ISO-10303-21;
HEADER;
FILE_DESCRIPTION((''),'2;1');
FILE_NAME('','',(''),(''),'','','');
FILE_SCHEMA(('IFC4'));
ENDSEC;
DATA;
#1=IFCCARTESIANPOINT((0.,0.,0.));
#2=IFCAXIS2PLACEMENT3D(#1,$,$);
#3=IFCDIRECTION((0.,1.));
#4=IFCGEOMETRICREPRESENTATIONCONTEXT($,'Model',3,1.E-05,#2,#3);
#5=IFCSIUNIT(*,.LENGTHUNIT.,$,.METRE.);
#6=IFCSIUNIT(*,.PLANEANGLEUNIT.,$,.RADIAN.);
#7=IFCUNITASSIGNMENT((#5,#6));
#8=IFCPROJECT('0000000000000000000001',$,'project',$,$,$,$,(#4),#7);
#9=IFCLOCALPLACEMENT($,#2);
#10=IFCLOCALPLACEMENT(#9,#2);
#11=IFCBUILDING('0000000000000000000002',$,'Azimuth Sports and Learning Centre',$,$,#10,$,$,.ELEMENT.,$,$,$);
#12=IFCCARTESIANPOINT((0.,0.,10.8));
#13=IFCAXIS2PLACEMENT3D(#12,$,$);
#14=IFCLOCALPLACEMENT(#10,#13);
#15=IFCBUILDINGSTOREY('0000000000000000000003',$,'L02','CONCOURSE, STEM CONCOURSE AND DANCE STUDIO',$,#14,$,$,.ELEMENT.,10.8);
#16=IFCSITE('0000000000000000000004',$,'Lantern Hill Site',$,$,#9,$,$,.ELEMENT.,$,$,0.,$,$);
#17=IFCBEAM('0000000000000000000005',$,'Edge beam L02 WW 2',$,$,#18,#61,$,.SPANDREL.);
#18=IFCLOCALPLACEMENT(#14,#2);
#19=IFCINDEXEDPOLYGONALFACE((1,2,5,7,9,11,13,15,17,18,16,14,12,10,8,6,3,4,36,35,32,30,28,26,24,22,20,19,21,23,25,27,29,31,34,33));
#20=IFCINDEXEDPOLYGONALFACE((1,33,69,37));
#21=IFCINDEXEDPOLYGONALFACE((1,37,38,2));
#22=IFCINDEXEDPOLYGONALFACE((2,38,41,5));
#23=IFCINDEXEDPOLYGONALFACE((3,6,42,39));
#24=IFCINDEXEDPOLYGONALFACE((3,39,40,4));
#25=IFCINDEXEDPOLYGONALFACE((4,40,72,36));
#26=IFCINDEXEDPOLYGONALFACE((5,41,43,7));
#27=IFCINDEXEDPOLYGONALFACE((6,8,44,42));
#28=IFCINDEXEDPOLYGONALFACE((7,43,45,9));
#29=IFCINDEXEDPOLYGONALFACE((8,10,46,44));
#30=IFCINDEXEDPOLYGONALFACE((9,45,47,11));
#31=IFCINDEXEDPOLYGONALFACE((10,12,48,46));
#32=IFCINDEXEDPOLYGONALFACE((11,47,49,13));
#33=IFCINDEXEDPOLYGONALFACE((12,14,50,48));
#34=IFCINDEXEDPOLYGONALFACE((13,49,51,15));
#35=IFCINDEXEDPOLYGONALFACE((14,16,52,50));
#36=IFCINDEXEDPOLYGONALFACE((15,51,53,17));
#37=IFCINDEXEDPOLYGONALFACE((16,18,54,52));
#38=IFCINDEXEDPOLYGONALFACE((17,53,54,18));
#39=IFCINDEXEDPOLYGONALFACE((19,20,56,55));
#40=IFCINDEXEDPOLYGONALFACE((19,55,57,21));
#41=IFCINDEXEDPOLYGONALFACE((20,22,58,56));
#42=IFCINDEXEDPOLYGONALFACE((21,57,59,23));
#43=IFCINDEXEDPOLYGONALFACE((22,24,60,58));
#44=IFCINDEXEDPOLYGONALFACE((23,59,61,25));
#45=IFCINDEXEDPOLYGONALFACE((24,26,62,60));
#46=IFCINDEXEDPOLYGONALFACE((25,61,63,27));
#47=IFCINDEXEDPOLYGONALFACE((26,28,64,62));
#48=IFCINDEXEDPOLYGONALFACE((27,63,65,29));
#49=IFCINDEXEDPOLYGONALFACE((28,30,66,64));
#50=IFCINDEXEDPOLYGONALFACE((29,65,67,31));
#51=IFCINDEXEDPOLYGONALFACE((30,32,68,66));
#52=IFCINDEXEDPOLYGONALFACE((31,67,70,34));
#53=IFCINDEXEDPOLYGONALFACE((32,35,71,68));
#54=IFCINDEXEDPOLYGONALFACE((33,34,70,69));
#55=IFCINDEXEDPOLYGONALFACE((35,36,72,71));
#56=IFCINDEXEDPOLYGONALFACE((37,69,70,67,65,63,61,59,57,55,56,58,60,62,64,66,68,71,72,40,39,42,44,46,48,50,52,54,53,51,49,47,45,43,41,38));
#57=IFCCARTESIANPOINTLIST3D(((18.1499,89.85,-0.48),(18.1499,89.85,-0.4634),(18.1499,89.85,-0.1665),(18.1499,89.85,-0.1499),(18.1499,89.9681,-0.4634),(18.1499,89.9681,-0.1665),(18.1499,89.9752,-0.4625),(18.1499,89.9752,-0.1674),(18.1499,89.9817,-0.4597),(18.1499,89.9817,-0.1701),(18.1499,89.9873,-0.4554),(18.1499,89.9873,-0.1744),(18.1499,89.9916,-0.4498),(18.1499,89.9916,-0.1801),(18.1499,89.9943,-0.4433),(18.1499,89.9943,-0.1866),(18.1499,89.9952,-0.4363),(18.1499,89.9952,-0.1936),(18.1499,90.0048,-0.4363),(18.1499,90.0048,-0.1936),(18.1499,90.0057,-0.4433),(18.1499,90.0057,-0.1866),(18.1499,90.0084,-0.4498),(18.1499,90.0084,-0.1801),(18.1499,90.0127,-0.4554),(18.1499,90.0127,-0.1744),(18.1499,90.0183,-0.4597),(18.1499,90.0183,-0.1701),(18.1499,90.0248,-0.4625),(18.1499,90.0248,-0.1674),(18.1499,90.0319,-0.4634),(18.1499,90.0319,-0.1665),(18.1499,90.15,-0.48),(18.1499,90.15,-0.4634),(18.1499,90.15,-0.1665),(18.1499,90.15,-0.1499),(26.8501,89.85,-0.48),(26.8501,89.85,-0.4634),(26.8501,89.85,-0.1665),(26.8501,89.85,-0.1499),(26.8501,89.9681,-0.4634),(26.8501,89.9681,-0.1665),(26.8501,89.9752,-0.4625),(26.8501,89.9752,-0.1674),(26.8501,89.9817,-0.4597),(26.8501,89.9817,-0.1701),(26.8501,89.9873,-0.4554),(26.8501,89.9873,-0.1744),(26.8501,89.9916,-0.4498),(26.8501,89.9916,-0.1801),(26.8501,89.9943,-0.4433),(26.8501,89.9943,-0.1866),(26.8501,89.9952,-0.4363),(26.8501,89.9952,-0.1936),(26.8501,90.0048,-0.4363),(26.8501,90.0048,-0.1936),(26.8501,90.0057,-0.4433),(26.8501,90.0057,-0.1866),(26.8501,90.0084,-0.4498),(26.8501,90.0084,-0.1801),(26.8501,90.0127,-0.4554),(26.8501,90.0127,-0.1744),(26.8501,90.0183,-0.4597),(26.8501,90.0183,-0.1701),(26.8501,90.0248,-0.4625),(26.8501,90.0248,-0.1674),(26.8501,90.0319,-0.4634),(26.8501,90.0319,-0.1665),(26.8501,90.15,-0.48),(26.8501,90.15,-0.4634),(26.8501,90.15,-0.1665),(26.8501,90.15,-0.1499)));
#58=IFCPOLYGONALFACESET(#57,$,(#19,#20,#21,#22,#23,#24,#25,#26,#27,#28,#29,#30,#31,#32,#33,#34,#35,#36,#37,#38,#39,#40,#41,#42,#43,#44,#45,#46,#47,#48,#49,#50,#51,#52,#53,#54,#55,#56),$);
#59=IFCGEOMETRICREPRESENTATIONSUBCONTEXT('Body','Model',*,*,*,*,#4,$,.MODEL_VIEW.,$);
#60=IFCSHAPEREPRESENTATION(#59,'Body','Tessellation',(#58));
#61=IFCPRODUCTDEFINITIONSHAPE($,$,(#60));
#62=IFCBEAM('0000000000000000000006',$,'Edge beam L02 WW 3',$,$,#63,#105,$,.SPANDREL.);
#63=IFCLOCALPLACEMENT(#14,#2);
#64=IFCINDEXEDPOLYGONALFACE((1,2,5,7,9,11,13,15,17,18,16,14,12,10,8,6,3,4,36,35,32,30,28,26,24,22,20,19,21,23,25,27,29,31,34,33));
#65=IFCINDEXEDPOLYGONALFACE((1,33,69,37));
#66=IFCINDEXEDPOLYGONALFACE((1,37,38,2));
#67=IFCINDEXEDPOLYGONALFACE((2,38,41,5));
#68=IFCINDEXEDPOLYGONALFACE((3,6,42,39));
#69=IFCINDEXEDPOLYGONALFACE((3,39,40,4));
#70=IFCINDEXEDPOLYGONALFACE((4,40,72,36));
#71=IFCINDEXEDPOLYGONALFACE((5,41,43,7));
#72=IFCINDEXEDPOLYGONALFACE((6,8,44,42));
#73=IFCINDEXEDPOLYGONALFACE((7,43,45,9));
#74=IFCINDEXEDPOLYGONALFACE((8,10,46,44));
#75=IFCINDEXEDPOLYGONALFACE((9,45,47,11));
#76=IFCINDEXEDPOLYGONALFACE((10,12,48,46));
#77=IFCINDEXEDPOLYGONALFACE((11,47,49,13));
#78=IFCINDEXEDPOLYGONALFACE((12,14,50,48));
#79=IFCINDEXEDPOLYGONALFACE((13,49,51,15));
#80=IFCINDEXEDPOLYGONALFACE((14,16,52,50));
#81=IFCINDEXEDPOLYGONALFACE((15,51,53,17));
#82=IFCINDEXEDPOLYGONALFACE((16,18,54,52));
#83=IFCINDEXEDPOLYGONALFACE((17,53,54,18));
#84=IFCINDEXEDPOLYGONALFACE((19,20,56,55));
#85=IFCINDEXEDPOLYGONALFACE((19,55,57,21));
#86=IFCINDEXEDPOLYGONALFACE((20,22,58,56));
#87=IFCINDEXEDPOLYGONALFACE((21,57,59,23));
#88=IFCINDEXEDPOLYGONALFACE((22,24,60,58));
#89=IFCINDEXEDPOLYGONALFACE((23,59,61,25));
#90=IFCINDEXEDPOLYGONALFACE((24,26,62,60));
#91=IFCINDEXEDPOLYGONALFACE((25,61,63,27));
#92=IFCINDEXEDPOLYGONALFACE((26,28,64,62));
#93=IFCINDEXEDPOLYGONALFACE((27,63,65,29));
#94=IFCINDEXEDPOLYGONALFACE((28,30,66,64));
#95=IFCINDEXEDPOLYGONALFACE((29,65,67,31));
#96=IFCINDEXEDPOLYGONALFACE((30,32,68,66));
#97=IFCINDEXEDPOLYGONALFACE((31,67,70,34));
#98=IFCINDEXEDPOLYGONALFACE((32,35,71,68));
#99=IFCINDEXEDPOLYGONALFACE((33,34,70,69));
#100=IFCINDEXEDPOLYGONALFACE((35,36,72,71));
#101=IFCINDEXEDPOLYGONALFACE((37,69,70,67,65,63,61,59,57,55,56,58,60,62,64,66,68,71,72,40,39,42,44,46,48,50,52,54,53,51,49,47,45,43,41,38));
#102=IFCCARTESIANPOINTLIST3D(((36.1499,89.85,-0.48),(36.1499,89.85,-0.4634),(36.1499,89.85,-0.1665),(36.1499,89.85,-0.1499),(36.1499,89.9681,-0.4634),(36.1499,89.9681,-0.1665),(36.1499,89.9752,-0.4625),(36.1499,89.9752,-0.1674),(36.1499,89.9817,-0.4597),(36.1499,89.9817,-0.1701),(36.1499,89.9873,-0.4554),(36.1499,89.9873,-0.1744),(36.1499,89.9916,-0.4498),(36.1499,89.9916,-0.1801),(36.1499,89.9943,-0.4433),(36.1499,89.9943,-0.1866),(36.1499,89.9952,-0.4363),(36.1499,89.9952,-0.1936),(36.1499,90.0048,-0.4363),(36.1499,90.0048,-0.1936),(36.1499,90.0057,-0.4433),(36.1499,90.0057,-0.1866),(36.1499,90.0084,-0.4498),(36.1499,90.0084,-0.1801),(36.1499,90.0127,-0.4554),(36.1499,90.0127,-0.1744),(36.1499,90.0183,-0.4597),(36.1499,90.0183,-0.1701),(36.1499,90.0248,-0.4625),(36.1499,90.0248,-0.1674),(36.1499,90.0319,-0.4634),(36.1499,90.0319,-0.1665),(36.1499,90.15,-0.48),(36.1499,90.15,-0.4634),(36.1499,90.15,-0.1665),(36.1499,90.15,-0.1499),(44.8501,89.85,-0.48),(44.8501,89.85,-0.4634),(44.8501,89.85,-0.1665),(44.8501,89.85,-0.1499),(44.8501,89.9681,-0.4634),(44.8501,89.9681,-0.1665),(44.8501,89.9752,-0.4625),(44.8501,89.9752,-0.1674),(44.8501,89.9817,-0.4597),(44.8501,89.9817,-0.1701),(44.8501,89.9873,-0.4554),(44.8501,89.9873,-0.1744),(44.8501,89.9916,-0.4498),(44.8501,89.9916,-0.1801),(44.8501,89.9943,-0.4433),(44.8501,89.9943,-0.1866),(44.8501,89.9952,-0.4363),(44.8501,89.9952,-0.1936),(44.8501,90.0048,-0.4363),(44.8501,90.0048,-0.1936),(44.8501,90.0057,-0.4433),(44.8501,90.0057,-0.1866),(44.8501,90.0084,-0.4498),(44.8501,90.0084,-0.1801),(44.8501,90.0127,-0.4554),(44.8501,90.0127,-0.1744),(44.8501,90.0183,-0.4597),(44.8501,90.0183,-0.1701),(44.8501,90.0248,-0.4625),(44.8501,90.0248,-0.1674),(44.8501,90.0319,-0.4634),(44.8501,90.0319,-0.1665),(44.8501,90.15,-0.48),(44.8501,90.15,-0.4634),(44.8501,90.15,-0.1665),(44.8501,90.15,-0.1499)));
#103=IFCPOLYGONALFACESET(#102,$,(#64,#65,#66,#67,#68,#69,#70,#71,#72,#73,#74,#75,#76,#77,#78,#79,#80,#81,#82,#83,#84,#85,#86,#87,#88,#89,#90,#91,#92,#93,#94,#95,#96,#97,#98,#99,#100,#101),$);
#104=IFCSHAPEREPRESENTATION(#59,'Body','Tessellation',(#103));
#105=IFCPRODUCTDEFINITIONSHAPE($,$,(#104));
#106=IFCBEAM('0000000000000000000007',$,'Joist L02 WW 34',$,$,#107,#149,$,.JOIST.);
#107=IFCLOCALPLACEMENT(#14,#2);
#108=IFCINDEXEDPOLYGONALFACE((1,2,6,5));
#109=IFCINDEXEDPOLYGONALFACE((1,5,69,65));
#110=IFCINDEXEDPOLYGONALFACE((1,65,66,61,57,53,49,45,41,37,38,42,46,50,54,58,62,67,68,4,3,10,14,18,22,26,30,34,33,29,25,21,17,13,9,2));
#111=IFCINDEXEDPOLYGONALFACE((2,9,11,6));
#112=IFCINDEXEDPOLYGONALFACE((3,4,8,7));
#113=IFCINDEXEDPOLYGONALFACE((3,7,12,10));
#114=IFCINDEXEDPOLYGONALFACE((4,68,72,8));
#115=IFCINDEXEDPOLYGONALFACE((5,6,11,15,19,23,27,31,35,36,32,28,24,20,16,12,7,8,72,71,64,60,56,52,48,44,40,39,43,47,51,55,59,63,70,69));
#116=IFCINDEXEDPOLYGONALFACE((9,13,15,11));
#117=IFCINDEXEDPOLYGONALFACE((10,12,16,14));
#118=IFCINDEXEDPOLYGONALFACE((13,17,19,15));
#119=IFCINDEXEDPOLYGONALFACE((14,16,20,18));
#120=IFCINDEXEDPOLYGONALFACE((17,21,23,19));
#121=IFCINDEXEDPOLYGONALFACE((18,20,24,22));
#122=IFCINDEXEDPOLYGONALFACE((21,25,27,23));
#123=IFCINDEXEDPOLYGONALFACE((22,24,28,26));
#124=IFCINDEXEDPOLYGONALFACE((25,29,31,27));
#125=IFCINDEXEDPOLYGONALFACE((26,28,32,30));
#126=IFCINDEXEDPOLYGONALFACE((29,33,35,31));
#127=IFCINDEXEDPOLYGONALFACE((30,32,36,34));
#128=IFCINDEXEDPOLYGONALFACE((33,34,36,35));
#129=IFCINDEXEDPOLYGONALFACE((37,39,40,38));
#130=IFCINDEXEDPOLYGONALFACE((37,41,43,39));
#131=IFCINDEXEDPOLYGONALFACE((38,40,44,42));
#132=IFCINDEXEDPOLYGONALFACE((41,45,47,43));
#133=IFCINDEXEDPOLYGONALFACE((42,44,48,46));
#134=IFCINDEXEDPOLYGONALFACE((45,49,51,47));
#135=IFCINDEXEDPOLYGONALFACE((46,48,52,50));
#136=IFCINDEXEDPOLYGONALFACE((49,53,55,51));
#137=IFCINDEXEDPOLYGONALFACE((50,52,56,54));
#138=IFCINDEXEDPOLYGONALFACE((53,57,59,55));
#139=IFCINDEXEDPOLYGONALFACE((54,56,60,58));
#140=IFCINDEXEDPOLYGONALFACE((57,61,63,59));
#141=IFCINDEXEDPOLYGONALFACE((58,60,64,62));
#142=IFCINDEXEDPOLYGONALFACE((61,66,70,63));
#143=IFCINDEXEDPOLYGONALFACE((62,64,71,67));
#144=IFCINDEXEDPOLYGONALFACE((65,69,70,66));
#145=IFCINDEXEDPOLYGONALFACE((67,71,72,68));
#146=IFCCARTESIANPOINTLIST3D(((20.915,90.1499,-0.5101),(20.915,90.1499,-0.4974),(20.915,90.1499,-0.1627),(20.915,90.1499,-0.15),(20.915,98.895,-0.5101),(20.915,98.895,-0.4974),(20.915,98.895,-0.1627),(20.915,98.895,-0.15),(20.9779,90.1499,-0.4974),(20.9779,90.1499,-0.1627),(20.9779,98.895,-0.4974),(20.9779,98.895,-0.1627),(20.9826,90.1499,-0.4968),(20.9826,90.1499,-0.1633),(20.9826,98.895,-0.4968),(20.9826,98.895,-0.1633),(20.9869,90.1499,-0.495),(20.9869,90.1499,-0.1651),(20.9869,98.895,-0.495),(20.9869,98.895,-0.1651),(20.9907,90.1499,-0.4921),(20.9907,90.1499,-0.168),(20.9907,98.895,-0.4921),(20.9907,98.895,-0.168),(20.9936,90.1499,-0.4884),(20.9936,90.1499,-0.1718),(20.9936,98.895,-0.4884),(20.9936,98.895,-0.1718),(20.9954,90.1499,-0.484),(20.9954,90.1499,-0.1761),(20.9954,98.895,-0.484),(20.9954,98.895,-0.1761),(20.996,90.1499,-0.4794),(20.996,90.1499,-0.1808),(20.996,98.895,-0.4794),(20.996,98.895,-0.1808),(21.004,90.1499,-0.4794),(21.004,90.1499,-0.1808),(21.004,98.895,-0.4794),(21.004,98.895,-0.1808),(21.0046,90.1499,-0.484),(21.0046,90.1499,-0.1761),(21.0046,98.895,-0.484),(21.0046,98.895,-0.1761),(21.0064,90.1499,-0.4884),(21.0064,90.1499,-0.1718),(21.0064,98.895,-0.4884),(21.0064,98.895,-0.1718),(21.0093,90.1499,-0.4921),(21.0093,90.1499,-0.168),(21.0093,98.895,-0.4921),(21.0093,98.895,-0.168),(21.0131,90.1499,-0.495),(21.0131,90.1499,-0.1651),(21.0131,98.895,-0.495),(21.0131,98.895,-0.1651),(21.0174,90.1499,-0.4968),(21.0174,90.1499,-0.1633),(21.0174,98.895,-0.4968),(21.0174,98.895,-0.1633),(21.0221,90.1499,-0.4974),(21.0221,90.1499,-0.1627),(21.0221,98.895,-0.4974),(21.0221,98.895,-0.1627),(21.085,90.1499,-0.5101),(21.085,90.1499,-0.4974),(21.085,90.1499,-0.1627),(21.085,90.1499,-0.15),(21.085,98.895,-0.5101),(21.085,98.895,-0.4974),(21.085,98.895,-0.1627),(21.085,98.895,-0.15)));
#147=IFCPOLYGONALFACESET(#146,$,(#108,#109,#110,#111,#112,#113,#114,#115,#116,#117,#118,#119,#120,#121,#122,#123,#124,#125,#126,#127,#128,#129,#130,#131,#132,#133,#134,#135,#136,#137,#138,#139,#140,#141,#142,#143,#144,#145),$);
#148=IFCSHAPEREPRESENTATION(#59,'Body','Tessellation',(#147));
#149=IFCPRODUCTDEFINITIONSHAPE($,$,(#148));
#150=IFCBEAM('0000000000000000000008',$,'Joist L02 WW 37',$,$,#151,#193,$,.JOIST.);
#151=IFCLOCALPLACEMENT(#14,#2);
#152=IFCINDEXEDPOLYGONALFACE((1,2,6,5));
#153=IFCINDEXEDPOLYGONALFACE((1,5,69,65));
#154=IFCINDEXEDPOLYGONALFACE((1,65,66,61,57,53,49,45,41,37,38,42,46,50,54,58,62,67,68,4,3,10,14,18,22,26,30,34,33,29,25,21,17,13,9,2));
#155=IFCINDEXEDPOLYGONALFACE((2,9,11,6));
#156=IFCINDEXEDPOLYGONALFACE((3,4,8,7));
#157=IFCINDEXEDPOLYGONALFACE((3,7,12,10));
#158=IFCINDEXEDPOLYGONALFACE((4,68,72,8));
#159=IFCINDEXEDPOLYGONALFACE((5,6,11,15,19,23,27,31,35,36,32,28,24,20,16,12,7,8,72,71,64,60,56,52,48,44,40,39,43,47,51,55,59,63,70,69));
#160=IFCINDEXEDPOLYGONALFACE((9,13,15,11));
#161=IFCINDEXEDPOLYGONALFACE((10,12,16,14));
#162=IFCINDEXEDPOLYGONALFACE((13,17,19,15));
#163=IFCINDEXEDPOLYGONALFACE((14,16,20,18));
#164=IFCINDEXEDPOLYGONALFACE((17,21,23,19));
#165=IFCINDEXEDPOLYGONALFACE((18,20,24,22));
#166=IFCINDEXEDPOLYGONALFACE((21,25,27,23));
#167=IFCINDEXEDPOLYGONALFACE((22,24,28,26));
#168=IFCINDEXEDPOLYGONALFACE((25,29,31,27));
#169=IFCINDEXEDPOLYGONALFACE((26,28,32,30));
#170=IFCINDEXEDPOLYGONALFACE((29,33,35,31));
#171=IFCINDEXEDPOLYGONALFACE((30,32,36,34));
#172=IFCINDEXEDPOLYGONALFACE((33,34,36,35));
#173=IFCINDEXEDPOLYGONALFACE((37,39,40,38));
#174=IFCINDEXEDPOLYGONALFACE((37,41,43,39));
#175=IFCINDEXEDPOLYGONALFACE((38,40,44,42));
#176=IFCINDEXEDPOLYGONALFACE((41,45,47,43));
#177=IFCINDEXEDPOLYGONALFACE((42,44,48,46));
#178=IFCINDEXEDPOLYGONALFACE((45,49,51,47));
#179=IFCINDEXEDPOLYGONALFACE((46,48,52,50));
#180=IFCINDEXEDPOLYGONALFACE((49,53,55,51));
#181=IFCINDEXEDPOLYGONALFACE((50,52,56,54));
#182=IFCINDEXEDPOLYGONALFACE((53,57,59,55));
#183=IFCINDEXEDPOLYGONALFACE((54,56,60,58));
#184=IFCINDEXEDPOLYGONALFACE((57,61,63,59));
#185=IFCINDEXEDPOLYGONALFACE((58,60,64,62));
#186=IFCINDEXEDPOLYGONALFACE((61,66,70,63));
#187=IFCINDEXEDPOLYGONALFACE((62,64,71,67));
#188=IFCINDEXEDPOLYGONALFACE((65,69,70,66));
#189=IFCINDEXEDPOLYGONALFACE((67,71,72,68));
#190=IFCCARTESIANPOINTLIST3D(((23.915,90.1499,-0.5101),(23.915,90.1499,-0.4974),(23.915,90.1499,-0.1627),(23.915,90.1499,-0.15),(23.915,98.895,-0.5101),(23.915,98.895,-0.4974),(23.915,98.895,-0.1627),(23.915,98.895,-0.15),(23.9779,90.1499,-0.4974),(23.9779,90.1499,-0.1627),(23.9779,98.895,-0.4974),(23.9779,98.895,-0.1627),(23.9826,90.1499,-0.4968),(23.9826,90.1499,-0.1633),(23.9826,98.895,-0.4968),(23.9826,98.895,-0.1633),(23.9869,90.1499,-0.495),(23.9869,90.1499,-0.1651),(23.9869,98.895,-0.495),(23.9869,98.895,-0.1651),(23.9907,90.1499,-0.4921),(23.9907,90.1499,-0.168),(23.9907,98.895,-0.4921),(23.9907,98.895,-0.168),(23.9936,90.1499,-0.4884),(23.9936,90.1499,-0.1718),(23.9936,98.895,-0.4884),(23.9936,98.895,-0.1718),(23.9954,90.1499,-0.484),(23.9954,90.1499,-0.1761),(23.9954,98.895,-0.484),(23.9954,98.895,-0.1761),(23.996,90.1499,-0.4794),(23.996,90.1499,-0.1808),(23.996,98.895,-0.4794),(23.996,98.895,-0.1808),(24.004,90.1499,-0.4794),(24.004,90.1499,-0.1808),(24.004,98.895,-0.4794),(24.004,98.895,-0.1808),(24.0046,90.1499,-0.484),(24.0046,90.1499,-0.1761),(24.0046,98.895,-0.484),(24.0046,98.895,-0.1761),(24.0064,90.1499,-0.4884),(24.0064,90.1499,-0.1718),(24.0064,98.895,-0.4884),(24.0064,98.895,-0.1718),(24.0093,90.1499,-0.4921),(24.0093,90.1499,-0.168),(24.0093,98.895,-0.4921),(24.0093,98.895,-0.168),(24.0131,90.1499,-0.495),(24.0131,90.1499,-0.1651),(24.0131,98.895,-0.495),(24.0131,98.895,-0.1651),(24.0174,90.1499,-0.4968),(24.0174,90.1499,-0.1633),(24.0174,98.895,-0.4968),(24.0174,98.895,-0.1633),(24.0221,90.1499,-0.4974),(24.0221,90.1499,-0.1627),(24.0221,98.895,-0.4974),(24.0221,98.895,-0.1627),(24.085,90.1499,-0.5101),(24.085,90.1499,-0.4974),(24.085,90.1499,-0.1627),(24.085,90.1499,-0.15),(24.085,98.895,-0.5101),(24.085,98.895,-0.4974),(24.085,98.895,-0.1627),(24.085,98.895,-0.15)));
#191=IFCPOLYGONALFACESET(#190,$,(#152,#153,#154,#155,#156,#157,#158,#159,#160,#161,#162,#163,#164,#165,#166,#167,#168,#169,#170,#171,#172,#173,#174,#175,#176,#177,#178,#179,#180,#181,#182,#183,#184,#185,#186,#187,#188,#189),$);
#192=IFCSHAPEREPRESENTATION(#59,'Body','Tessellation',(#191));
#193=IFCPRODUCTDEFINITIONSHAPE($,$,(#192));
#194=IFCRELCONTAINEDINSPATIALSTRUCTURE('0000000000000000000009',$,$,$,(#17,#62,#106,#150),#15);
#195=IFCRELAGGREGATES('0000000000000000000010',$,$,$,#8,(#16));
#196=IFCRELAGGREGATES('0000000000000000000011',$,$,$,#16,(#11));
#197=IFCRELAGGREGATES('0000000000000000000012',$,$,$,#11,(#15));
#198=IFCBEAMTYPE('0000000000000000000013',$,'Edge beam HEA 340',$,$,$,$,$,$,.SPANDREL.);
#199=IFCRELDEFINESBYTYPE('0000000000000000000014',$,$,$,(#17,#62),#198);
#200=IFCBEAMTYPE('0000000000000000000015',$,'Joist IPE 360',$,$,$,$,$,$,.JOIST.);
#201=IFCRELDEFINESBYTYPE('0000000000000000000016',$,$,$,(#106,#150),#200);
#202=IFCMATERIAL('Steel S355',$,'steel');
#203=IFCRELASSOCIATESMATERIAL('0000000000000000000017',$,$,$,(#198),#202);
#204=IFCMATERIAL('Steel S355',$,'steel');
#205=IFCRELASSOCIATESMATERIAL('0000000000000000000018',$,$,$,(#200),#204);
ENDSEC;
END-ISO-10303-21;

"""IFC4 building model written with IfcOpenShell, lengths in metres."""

from ifc_helpers import new_model, si_unit, direction, frame, origin, origin_2d, place, context, subcontext, project, spatial, i_section, extrude, material, material_profile, profile_set, type_object, element, save


model = new_model("IFC4")

# Units and contexts
model_context = context("Model", 3, precision=1e-05, world=origin(), true_north=direction((0.0, 1.0)))
body_context = subcontext(model_context, "Body", "Model", "MODEL_VIEW")
ifc_project = project(units=[si_unit("LENGTHUNIT", "METRE"), si_unit("PLANEANGLEUNIT", "RADIAN")], contexts=[model_context])

# Site, building, storey
site_placement = place(None, origin())
site = spatial("IfcSite", under=ifc_project, at=site_placement, Name="Lantern Hill Site", CompositionType="ELEMENT", RefElevation=0.0)
building_placement = place(site_placement, origin())
building = spatial("IfcBuilding", under=site, at=building_placement, Name="Azimuth Sports and Learning Centre", CompositionType="ELEMENT")
storey_placement = place(building_placement, frame((0.0, 0.0, 10.8)))
storey = spatial("IfcBuildingStorey", under=building, at=storey_placement, Name="L02", Description="CONCOURSE, STEM CONCOURSE AND DANCE STUDIO", CompositionType="ELEMENT", Elevation=10.8)

# Beams
ifc_material_1 = material(Name="Steel S355", Category="steel")
ifc_material_profile_1 = material_profile(ifc_material_1, i_section(OverallWidth=0.3, OverallDepth=0.3301, WebThickness=0.0095, FlangeThickness=0.0166, FilletRadius=0.0271, at=origin_2d()), Name="HEA 340")
ifc_profile_set_1 = profile_set([ifc_material_profile_1], Name="Steel S355")
beam_type_1 = type_object("IfcBeamType", Name="Edge beam HEA 340", PredefinedType="SPANDREL", material=ifc_profile_set_1)
for number, where, z_axis, x_axis, name in (
    (1, (18.1499, 90.0, -0.3149), (1.0, 0.0, 0.0), (0.0, 1.0, 0.0), "Edge beam L02 WW 2"),
    (2, (36.1499, 90.0, -0.3149), (1.0, 0.0, 0.0), (0.0, 1.0, 0.0), "Edge beam L02 WW 3"),
):
    element("IfcBeam", number, at=place(storey_placement, frame(where, z_axis=z_axis, x_axis=x_axis)), inside=storey, type_object=beam_type_1, Name=name, PredefinedType="SPANDREL", context=body_context, shape_type="SweptSolid", body=[
        extrude(i_section(OverallWidth=0.3, OverallDepth=0.3301, WebThickness=0.0095, FlangeThickness=0.0166, FilletRadius=0.0271, at=origin_2d()), origin(), (0.0, 0.0, 1.0), 8.7002),
    ])
ifc_material_2 = material(Name="Steel S355", Category="steel")
ifc_material_profile_2 = material_profile(ifc_material_2, i_section(OverallWidth=0.1699, OverallDepth=0.3601, WebThickness=0.0081, FlangeThickness=0.0127, FilletRadius=0.0181, at=origin_2d()), Name="IPE 360")
ifc_profile_set_2 = profile_set([ifc_material_profile_2], Name="Steel S355")
beam_type_2 = type_object("IfcBeamType", Name="Joist IPE 360", PredefinedType="JOIST", material=ifc_profile_set_2)
for number, where, z_axis, x_axis, name in (
    (3, (21.0, 90.1499, -0.3301), (0.0, 1.0, 0.0), (-1.0, 0.0, 0.0), "Joist L02 WW 34"),
    (4, (24.0, 90.1499, -0.3301), (0.0, 1.0, 0.0), (-1.0, 0.0, 0.0), "Joist L02 WW 37"),
):
    element("IfcBeam", number, at=place(storey_placement, frame(where, z_axis=z_axis, x_axis=x_axis)), inside=storey, type_object=beam_type_2, Name=name, PredefinedType="JOIST", context=body_context, shape_type="SweptSolid", body=[
        extrude(i_section(OverallWidth=0.1699, OverallDepth=0.3601, WebThickness=0.0081, FlangeThickness=0.0127, FilletRadius=0.0181, at=origin_2d()), origin(), (0.0, 0.0, 1.0), 8.7451),
    ])

save(model, "model.ifc")
